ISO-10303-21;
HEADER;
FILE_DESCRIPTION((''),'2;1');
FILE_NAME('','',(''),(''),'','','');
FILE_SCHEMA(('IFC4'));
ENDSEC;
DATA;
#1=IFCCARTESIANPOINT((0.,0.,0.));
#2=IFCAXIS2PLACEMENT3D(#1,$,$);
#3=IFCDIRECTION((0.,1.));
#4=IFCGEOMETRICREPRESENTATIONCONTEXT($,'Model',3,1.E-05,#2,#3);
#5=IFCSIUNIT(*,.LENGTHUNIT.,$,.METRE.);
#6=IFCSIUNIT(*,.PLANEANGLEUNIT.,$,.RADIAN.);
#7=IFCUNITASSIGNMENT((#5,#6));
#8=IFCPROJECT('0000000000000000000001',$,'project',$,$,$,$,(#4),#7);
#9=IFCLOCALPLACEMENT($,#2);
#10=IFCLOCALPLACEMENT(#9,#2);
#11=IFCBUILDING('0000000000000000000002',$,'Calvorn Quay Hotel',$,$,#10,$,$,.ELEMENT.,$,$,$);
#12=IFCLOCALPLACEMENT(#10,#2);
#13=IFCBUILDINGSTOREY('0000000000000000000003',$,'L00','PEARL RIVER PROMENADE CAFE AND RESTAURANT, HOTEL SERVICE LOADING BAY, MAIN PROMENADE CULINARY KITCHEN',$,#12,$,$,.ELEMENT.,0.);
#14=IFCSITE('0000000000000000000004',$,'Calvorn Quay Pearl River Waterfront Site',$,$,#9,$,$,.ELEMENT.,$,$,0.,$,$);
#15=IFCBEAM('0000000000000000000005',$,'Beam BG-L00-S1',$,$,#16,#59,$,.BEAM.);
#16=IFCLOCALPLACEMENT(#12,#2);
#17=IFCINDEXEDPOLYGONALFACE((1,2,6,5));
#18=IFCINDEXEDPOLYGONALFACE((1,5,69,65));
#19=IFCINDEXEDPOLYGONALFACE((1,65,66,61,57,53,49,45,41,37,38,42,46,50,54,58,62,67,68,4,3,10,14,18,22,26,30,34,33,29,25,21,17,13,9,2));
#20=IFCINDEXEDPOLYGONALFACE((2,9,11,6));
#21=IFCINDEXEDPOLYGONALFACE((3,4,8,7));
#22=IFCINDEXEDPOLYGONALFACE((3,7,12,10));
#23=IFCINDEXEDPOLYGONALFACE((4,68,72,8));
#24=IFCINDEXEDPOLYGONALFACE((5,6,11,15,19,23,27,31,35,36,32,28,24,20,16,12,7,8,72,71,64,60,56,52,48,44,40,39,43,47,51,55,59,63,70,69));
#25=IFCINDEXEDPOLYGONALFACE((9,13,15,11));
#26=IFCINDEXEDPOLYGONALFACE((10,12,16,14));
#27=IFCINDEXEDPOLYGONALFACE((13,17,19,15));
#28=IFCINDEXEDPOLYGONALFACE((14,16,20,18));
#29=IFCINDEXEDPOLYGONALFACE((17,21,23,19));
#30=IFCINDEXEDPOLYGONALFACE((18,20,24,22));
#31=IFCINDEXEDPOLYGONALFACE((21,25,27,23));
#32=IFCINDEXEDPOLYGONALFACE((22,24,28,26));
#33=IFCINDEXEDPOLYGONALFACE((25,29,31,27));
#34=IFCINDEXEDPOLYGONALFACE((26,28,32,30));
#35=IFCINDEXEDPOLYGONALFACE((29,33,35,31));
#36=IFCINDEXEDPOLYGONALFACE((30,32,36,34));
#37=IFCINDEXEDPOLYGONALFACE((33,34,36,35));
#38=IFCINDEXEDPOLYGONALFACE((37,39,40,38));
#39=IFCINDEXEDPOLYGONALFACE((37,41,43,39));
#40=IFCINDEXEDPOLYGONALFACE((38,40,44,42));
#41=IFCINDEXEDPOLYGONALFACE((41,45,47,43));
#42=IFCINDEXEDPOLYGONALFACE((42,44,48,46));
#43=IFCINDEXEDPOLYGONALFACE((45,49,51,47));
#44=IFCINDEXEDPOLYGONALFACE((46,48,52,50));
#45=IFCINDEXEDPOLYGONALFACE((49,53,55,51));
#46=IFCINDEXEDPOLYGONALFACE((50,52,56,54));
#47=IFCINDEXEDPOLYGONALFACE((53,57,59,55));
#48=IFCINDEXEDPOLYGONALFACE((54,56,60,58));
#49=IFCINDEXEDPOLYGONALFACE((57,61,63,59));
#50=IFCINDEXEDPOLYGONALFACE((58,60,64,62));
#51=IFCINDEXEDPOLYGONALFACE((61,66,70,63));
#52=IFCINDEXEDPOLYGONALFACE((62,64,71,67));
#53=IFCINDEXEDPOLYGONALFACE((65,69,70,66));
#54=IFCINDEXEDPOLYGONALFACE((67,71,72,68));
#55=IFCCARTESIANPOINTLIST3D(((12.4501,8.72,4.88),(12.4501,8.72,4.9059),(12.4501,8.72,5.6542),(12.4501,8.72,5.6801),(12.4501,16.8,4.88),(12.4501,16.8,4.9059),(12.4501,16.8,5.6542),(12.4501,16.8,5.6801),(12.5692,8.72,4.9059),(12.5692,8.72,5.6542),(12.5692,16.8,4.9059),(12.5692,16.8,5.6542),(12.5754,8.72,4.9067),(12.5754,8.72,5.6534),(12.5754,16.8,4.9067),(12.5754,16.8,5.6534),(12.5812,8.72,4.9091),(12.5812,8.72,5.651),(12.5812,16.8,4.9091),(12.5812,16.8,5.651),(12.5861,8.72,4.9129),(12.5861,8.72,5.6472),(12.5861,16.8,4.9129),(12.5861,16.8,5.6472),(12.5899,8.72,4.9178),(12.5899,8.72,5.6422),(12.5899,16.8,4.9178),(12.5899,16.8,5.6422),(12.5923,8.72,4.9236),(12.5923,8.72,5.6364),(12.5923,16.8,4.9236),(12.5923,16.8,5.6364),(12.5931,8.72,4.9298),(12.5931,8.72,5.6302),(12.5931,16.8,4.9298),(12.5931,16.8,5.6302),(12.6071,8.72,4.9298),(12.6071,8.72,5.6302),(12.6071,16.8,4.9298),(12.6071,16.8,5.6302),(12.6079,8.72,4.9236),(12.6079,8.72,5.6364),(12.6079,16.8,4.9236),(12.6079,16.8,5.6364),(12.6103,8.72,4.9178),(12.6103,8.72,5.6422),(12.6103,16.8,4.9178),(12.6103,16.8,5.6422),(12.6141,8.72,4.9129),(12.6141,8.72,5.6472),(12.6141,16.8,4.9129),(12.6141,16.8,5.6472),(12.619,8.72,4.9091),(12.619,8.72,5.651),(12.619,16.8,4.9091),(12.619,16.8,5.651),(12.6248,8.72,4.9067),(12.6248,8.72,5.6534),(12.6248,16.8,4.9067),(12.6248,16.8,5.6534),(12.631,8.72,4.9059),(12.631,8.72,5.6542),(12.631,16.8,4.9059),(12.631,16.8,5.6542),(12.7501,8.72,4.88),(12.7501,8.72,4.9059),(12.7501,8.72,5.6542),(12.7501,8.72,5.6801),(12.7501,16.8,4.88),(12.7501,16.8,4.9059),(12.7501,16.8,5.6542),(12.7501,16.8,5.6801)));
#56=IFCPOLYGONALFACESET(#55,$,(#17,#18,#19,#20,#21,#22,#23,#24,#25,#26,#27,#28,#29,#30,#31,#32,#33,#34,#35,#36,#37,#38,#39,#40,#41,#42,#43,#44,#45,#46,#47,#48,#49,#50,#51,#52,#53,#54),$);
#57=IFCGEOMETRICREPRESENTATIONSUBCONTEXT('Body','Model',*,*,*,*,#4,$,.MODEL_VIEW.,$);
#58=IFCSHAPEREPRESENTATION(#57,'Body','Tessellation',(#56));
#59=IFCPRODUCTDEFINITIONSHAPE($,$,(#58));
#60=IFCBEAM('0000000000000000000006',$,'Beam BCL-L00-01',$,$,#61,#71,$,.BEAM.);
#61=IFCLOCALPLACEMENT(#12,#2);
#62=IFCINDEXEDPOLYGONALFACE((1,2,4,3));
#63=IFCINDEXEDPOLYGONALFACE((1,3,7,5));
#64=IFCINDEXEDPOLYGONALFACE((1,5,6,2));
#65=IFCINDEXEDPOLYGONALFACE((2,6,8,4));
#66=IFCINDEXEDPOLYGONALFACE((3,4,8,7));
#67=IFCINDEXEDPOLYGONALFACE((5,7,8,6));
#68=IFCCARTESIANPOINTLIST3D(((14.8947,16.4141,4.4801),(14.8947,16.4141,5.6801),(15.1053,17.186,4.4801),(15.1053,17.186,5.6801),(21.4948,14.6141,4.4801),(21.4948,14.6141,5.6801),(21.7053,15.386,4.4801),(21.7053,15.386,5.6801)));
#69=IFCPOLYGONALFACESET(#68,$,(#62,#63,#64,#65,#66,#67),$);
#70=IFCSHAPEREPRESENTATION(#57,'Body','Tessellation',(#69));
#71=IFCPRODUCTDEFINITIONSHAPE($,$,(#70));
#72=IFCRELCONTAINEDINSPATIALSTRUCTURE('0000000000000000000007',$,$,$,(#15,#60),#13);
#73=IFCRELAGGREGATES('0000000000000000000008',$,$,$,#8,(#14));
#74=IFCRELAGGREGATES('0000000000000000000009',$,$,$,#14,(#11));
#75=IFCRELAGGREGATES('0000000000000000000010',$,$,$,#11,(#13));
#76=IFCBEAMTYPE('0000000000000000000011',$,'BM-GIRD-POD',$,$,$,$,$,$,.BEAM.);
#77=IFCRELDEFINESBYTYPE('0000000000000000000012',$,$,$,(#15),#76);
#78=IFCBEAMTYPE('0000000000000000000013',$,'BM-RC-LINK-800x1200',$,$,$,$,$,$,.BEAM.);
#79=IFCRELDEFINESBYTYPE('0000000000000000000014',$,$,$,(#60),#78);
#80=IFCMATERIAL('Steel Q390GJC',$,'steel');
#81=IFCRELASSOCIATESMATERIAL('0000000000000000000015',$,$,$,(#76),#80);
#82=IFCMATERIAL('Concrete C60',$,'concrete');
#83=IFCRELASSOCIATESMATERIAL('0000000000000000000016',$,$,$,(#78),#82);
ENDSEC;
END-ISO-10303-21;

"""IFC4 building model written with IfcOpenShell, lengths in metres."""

from ifc_helpers import new_model, si_unit, direction, frame, origin, origin_2d, place, context, subcontext, project, spatial, rectangle, i_section, extrude, material, material_profile, profile_set, type_object, element, save


model = new_model("IFC4")

# Units and contexts
model_context = context("Model", 3, precision=1e-05, world=origin(), true_north=direction((0.0, 1.0)))
body_context = subcontext(model_context, "Body", "Model", "MODEL_VIEW")
ifc_project = project(units=[si_unit("LENGTHUNIT", "METRE"), si_unit("PLANEANGLEUNIT", "RADIAN")], contexts=[model_context])

# Site, building, storey
site_placement = place(None, origin())
site = spatial("IfcSite", under=ifc_project, at=site_placement, Name="Calvorn Quay Pearl River Waterfront Site", CompositionType="ELEMENT", RefElevation=0.0)
building_placement = place(site_placement, origin())
building = spatial("IfcBuilding", under=site, at=building_placement, Name="Calvorn Quay Hotel", CompositionType="ELEMENT")
storey_placement = place(building_placement, origin())
storey = spatial("IfcBuildingStorey", under=building, at=storey_placement, Name="L00", Description="PEARL RIVER PROMENADE CAFE AND RESTAURANT, HOTEL SERVICE LOADING BAY, MAIN PROMENADE CULINARY KITCHEN", CompositionType="ELEMENT", Elevation=0.0)

# Beams
ifc_material_1 = material(Name="Steel Q390GJC", Category="steel")
ifc_material_profile_1 = material_profile(ifc_material_1, i_section(OverallWidth=0.3, OverallDepth=0.8, WebThickness=0.0139, FlangeThickness=0.0259, FilletRadius=0.0239, at=origin_2d()), Name="HN800x300x14x26")
ifc_profile_set_1 = profile_set([ifc_material_profile_1], Name="Steel Q390GJC")
beam_type_1 = type_object("IfcBeamType", Name="BM-GIRD-POD", PredefinedType="BEAM", material=ifc_profile_set_1)
beam_1_placement = place(storey_placement, frame((12.6001, 8.72, 5.28), z_axis=(0.0, 1.0, 0.0), x_axis=(-1.0, 0.0, 0.0)))
element("IfcBeam", 1, at=beam_1_placement, inside=storey, type_object=beam_type_1, Name="Beam BG-L00-S1", PredefinedType="BEAM", context=body_context, shape_type="SweptSolid", body=[
    extrude(i_section(OverallWidth=0.3, OverallDepth=0.8, WebThickness=0.0139, FlangeThickness=0.0259, FilletRadius=0.0239, at=origin_2d()), origin(), (0.0, 0.0, 1.0), 8.0801),
])
ifc_material_2 = material(Name="Concrete C60", Category="concrete")
ifc_material_profile_2 = material_profile(ifc_material_2, rectangle(XDim=0.8, YDim=1.2, at=origin_2d()), Name="RCB800x1200")
ifc_profile_set_2 = profile_set([ifc_material_profile_2], Name="Concrete C60")
beam_type_2 = type_object("IfcBeamType", Name="BM-RC-LINK-800x1200", PredefinedType="BEAM", material=ifc_profile_set_2)
beam_2_placement = place(storey_placement, frame((15.0, 16.8, 5.0801), z_axis=(0.964763, -0.26312, 0.0), x_axis=(0.26312, 0.964763, 0.0)))
element("IfcBeam", 2, at=beam_2_placement, inside=storey, type_object=beam_type_2, Name="Beam BCL-L00-01", PredefinedType="BEAM", context=body_context, shape_type="SweptSolid", body=[
    extrude(rectangle(XDim=0.8, YDim=1.2, at=origin_2d()), origin(), (0.0, 0.0, 1.0), 6.8411),
])

save(model, "model.ifc")
